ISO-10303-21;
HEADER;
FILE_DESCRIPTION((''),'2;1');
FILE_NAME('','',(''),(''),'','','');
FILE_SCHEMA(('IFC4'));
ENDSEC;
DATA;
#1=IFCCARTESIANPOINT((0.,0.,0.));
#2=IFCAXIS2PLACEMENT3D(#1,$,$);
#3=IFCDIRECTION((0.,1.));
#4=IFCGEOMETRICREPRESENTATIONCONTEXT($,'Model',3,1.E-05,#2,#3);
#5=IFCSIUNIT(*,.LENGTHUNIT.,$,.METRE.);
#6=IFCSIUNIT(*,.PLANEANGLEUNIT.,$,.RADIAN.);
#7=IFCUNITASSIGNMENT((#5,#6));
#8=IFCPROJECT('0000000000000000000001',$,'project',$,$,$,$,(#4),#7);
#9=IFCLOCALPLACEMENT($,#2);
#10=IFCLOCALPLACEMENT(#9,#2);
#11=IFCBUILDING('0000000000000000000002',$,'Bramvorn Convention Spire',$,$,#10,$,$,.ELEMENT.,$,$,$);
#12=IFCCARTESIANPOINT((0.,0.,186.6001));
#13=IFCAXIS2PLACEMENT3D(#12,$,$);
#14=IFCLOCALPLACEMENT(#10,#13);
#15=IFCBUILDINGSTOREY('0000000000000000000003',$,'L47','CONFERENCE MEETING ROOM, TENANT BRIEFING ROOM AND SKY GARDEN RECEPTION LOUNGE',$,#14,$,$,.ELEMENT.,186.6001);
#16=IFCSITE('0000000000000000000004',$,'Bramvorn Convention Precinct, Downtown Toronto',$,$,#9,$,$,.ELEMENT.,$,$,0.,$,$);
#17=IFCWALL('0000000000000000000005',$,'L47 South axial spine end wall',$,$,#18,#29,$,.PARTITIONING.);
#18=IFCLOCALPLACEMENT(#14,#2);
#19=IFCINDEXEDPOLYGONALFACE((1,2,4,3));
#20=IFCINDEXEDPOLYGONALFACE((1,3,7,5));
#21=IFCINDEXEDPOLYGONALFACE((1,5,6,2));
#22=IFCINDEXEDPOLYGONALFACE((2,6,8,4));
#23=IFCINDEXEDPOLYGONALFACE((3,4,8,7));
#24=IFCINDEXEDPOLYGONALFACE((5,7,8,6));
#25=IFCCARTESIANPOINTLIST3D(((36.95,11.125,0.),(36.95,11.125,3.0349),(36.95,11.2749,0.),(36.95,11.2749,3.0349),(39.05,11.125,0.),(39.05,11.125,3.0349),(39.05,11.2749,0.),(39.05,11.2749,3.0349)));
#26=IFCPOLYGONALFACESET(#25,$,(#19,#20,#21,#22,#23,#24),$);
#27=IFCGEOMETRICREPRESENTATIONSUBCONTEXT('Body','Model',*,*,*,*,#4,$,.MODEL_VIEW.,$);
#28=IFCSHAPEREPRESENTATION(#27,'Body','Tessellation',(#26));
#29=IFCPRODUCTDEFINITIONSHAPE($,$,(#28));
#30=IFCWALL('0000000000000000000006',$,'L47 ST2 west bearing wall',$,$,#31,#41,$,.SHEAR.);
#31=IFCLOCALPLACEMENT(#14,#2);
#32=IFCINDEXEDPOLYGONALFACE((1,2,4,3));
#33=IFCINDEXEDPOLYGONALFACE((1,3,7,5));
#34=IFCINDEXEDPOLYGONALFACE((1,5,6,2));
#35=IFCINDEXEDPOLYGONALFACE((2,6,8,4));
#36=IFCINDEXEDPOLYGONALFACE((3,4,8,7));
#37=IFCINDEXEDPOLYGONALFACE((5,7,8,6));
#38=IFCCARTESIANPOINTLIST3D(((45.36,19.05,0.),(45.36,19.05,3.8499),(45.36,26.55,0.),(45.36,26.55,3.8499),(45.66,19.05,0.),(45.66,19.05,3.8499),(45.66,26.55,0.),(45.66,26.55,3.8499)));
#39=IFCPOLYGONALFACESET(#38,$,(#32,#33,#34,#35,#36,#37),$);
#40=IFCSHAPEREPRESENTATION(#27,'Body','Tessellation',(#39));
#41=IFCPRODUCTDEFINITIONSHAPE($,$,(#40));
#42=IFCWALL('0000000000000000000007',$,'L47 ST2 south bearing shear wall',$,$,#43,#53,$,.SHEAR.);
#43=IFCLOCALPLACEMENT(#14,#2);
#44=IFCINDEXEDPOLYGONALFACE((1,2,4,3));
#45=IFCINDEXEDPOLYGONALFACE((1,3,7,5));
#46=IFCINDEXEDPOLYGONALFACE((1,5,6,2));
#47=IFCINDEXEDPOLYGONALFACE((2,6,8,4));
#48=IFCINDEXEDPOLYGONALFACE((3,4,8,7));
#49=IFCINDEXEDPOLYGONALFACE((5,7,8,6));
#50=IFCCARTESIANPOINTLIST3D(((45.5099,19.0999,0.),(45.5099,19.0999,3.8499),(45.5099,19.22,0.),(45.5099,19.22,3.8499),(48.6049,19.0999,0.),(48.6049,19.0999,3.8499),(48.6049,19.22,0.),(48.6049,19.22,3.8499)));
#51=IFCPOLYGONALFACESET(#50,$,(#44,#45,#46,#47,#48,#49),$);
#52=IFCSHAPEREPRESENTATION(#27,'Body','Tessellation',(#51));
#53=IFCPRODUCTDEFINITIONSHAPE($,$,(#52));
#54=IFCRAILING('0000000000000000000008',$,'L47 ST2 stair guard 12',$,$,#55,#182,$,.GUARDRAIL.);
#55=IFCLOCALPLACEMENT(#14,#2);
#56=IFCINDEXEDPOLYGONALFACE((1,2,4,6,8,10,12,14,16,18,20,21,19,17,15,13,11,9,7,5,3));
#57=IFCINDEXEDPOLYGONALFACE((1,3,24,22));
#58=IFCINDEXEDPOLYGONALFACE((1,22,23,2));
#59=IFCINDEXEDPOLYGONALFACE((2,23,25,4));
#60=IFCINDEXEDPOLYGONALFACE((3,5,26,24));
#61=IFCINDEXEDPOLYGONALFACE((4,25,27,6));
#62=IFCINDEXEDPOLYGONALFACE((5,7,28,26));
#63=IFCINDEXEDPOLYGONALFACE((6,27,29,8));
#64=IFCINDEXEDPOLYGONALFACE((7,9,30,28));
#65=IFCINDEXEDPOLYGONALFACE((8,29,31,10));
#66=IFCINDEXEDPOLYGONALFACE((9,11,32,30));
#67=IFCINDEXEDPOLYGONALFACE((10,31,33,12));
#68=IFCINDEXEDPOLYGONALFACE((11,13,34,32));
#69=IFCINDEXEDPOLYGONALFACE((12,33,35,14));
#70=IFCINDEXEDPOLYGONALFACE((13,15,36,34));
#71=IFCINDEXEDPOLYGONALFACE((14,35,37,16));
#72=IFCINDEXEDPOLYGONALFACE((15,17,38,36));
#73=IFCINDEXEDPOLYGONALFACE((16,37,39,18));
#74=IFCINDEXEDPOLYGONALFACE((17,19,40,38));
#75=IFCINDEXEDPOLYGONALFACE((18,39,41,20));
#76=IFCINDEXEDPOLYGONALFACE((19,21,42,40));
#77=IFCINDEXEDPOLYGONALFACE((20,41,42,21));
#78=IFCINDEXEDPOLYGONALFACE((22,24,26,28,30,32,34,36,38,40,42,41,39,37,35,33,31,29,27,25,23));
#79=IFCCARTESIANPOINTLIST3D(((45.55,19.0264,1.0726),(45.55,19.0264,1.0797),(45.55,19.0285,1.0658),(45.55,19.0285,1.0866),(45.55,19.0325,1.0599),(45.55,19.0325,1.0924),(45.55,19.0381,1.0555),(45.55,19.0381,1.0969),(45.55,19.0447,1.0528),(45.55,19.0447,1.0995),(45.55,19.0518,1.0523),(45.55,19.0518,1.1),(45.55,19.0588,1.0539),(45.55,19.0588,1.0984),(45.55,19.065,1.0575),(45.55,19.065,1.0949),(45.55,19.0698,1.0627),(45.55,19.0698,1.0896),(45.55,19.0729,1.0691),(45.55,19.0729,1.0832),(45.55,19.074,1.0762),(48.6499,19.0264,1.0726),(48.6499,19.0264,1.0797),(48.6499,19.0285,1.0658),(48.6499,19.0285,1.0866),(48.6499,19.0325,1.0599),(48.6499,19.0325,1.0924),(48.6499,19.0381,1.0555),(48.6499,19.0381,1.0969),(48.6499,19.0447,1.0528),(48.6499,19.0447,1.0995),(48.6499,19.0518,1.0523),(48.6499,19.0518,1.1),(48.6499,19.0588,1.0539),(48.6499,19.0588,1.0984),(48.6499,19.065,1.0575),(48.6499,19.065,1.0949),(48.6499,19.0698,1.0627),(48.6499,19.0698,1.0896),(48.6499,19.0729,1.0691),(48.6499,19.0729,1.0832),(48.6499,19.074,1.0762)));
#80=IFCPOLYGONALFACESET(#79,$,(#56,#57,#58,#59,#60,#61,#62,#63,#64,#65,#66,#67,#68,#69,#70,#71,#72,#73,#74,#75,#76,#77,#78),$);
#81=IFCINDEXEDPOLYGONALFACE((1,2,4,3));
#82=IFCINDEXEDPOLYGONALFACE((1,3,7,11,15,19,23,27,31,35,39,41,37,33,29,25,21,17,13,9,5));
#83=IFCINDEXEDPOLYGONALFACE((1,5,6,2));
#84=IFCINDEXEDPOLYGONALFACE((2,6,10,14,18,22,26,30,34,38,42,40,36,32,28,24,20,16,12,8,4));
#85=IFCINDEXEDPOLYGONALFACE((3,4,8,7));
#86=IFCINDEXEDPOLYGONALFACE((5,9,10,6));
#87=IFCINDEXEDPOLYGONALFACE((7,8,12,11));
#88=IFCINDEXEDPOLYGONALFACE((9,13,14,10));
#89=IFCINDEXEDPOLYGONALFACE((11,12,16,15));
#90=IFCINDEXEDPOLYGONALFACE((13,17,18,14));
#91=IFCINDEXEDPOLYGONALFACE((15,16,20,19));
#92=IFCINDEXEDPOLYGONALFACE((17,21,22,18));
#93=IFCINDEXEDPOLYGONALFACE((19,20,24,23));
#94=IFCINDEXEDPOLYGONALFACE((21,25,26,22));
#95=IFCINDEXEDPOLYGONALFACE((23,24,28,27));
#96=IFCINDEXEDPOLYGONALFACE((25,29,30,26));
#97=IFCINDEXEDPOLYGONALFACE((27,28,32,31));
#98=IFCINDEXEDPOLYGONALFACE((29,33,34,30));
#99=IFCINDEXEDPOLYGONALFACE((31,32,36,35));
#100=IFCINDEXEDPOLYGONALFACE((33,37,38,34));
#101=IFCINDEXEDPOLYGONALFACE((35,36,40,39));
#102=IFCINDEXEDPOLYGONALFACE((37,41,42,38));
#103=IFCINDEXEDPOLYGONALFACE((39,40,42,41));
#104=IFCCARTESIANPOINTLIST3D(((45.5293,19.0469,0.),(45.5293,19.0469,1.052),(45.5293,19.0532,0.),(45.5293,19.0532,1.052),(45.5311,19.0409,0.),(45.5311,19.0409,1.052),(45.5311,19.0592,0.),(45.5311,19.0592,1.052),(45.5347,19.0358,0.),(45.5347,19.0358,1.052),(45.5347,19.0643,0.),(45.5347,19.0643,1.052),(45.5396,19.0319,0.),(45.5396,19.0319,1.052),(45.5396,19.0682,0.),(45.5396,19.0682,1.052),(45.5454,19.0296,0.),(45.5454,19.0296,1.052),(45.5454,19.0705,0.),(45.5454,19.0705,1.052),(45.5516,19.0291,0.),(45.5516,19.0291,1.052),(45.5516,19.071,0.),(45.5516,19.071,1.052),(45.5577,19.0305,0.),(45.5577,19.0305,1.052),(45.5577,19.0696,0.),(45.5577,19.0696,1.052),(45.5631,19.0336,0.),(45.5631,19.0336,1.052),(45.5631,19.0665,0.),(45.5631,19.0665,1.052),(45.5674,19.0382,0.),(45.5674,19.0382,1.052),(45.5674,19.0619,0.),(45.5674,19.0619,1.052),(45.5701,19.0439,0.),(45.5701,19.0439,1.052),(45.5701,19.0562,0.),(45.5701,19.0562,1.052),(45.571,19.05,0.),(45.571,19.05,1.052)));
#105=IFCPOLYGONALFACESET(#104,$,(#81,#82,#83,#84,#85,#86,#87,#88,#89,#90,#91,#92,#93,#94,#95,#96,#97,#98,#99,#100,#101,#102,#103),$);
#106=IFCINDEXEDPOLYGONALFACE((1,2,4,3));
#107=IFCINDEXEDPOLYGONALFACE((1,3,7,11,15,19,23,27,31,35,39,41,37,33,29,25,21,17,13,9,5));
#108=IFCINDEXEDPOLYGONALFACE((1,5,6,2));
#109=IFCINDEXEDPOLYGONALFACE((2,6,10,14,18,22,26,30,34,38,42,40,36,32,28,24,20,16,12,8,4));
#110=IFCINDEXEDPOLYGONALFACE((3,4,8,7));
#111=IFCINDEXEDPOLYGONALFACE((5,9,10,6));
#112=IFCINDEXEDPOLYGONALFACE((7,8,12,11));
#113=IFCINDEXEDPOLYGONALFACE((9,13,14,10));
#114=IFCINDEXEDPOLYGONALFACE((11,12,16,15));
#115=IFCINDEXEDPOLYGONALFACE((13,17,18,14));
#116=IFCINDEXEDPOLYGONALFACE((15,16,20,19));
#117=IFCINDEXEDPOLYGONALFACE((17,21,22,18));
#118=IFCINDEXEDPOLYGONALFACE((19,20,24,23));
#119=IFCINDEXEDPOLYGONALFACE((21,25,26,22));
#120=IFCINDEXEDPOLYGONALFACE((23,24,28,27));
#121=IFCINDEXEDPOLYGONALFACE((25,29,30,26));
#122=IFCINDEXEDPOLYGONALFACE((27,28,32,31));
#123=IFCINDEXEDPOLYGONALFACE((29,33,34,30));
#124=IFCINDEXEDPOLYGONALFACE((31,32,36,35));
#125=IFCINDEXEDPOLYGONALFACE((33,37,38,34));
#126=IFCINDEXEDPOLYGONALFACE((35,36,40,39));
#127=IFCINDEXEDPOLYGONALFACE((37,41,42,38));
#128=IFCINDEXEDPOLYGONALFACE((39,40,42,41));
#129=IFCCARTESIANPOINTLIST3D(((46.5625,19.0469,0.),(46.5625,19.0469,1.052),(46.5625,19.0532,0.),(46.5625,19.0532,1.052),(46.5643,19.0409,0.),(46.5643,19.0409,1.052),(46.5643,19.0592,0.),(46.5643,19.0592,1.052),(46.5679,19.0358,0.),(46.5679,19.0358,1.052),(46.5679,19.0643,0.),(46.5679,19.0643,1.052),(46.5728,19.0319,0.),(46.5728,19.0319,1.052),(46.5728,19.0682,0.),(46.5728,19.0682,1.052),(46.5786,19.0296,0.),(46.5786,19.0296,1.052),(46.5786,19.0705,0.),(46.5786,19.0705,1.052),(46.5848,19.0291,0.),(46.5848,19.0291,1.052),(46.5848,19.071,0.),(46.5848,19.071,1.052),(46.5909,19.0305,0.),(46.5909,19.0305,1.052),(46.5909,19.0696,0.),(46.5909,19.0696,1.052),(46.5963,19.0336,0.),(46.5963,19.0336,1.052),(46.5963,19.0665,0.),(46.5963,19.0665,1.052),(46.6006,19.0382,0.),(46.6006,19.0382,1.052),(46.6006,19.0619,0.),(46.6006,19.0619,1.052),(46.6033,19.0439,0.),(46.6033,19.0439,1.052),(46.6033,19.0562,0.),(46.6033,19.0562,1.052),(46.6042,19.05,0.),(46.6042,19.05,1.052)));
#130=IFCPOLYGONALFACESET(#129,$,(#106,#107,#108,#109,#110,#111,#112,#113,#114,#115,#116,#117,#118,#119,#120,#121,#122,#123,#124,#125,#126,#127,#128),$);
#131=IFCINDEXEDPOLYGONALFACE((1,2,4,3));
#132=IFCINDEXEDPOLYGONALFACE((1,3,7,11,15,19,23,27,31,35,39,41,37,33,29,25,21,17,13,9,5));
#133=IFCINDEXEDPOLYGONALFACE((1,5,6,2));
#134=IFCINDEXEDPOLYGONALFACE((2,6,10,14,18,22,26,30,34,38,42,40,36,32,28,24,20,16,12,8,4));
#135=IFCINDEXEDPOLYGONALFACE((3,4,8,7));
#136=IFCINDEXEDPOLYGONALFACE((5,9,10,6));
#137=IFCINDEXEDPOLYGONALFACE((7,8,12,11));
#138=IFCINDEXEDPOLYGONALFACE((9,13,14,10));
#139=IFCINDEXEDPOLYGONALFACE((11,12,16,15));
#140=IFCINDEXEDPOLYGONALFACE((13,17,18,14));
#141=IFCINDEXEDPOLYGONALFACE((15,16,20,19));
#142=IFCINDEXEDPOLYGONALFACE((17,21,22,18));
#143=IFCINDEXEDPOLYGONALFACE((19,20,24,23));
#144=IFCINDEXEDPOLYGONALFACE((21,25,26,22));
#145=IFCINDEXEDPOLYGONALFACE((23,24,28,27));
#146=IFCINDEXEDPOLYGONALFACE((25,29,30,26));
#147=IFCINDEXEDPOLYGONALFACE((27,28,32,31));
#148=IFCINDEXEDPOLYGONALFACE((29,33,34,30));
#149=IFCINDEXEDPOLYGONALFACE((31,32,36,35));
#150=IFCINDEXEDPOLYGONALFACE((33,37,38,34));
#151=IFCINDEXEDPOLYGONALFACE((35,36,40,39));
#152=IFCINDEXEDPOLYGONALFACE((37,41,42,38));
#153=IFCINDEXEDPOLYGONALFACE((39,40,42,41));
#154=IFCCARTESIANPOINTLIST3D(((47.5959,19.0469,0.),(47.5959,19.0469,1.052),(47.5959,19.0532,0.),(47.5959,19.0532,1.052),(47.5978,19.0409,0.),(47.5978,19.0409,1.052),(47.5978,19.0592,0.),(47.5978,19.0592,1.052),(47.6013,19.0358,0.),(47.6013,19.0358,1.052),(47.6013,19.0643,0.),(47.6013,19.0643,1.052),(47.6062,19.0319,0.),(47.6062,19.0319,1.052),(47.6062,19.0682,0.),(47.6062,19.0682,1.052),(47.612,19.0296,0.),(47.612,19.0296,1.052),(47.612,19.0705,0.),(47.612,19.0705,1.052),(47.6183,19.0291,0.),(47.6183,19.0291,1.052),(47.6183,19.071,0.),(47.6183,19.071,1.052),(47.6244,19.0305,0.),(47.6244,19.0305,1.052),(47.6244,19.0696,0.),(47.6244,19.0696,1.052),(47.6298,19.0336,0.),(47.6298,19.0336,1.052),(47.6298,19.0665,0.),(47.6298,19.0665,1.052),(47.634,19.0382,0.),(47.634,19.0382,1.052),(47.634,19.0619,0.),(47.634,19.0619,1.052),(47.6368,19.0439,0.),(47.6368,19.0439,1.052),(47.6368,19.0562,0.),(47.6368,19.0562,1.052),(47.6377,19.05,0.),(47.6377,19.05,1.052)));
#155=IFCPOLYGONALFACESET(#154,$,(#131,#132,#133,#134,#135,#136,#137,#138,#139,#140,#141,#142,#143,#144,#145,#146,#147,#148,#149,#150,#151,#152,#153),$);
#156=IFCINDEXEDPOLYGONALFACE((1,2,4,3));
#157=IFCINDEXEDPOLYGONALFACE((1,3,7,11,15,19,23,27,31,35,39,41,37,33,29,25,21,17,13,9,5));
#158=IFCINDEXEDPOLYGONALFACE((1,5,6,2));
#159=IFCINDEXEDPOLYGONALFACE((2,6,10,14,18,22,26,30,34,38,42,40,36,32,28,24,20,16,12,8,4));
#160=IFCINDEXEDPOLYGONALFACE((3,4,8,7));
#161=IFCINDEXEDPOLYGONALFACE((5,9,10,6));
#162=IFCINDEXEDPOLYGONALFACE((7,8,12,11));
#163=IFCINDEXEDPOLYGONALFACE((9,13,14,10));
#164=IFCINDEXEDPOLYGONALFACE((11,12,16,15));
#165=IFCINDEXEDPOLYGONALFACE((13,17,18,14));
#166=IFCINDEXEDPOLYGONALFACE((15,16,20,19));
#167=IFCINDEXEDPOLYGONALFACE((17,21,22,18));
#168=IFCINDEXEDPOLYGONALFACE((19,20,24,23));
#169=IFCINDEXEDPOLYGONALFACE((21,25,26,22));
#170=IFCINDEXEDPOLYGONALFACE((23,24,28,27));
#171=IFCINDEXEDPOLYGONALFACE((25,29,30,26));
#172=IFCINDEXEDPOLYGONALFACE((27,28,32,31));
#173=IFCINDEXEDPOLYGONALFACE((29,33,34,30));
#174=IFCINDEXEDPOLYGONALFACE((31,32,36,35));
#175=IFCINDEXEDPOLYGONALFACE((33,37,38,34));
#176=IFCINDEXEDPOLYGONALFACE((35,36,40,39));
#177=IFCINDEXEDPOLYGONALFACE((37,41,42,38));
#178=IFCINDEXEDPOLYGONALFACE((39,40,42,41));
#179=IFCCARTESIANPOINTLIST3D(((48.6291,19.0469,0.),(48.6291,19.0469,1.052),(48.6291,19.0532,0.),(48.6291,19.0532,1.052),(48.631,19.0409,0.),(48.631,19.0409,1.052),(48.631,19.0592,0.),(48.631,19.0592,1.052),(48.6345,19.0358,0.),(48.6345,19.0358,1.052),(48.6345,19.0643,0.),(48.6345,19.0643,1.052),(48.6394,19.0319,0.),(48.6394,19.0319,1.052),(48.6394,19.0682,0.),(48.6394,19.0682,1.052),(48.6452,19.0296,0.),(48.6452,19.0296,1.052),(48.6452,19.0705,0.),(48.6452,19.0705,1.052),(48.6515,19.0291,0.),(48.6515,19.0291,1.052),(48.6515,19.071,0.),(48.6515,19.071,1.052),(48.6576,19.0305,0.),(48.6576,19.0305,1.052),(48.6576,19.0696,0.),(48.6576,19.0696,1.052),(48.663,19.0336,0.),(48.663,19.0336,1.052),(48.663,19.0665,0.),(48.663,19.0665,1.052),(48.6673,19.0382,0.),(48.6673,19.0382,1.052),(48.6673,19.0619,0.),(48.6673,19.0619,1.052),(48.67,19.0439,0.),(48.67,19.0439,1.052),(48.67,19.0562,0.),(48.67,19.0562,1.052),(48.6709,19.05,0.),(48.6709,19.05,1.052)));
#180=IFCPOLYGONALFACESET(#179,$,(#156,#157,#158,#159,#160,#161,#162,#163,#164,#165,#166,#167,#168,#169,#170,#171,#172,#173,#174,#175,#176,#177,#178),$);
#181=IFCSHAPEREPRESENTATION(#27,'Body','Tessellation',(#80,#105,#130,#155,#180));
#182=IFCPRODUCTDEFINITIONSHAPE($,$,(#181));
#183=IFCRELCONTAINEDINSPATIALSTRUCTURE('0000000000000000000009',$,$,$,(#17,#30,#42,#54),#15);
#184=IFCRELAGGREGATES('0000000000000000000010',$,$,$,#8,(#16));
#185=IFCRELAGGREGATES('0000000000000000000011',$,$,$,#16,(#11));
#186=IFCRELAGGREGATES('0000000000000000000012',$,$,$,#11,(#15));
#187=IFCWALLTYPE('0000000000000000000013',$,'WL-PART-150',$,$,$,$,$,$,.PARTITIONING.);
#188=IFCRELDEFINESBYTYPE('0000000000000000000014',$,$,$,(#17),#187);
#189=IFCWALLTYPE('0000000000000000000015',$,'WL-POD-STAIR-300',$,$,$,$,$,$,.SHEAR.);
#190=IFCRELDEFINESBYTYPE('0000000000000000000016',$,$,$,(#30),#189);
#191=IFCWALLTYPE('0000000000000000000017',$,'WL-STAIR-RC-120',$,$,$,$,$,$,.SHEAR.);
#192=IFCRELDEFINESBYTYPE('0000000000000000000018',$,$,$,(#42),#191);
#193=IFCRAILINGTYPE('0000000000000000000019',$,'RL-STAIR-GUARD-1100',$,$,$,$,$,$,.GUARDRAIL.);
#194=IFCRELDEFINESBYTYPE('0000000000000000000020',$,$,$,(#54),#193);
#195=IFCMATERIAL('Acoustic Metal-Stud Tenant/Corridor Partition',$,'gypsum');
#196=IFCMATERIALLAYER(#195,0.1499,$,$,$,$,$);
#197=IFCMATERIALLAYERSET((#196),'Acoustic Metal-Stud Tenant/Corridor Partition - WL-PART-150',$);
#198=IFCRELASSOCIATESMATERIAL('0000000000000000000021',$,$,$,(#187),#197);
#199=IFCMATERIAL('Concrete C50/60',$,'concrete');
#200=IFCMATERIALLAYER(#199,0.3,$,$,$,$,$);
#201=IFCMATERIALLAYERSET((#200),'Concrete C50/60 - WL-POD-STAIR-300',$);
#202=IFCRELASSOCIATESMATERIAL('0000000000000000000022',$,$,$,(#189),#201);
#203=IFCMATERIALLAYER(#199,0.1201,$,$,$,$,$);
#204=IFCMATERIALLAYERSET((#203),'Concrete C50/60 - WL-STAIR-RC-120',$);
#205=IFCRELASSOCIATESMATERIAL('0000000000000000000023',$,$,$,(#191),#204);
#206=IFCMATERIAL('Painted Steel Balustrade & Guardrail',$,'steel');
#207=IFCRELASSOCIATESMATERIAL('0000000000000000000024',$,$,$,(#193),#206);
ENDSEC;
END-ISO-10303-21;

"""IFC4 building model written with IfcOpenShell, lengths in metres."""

from ifc_helpers import new_model, si_unit, direction, frame, frame_2d, origin, origin_2d, place, context, subcontext, project, spatial, rectangle, circle, extrude, material, layer, layer_set, type_object, element, save


model = new_model("IFC4")

# Units and contexts
model_context = context("Model", 3, precision=1e-05, world=origin(), true_north=direction((0.0, 1.0)))
body_context = subcontext(model_context, "Body", "Model", "MODEL_VIEW")
ifc_project = project(units=[si_unit("LENGTHUNIT", "METRE"), si_unit("PLANEANGLEUNIT", "RADIAN")], contexts=[model_context])

# Site, building, storey
site_placement = place(None, origin())
site = spatial("IfcSite", under=ifc_project, at=site_placement, Name="Bramvorn Convention Precinct, Downtown Toronto", CompositionType="ELEMENT", RefElevation=0.0)
building_placement = place(site_placement, origin())
building = spatial("IfcBuilding", under=site, at=building_placement, Name="Bramvorn Convention Spire", CompositionType="ELEMENT")
storey_placement = place(building_placement, frame((0.0, 0.0, 186.6001)))
storey = spatial("IfcBuildingStorey", under=building, at=storey_placement, Name="L47", Description="CONFERENCE MEETING ROOM, TENANT BRIEFING ROOM AND SKY GARDEN RECEPTION LOUNGE", CompositionType="ELEMENT", Elevation=186.6001)

# Shared definitions
ifc_material_1 = material(Name="Concrete C50/60", Category="concrete")

# Shared definitions
ifc_material_2 = material(Name="Acoustic Metal-Stud Tenant/Corridor Partition", Category="gypsum")
ifc_layer_1 = layer(ifc_material_2, 0.1499)
ifc_layer_set_1 = layer_set([ifc_layer_1], Name="Acoustic Metal-Stud Tenant/Corridor Partition - WL-PART-150")
wall_type_1 = type_object("IfcWallType", Name="WL-PART-150", PredefinedType="PARTITIONING", material=ifc_layer_set_1)

# Walls
wall_1_placement = place(storey_placement, frame((36.95, 11.2, 0.0), z_axis=(0.0, 0.0, 1.0), x_axis=(1.0, 0.0, 0.0)))
element("IfcWall", 1, at=wall_1_placement, inside=storey, type_object=wall_type_1, Name="L47 South axial spine end wall", PredefinedType="PARTITIONING", context=body_context, shape_type="SweptSolid", body=[
    extrude(rectangle(XDim=2.1001, YDim=0.1499, at=frame_2d((1.05, 0.0))), origin(), (0.0, 0.0, 1.0), 3.0349),
])
ifc_layer_2 = layer(ifc_material_1, 0.3)
ifc_layer_set_2 = layer_set([ifc_layer_2], Name="Concrete C50/60 - WL-POD-STAIR-300")
wall_type_2 = type_object("IfcWallType", Name="WL-POD-STAIR-300", PredefinedType="SHEAR", material=ifc_layer_set_2)
wall_2_placement = place(storey_placement, frame((45.51, 19.05, 0.0), z_axis=(0.0, 0.0, 1.0), x_axis=(0.0, 1.0, 0.0)))
element("IfcWall", 2, at=wall_2_placement, inside=storey, type_object=wall_type_2, Name="L47 ST2 west bearing wall", PredefinedType="SHEAR", context=body_context, shape_type="SweptSolid", body=[
    extrude(rectangle(XDim=7.5, YDim=0.3, at=frame_2d((3.75, 0.0))), origin(), (0.0, 0.0, 1.0), 3.8499),
])
ifc_layer_3 = layer(ifc_material_1, 0.1201)
ifc_layer_set_3 = layer_set([ifc_layer_3], Name="Concrete C50/60 - WL-STAIR-RC-120")
wall_type_3 = type_object("IfcWallType", Name="WL-STAIR-RC-120", PredefinedType="SHEAR", material=ifc_layer_set_3)
wall_3_placement = place(storey_placement, frame((45.51, 19.1599, 0.0), z_axis=(0.0, 0.0, 1.0), x_axis=(1.0, 0.0, 0.0)))
element("IfcWall", 3, at=wall_3_placement, inside=storey, type_object=wall_type_3, Name="L47 ST2 south bearing shear wall", PredefinedType="SHEAR", context=body_context, shape_type="SweptSolid", body=[
    extrude(rectangle(XDim=3.095, YDim=0.1201, at=frame_2d((1.5474, 0.0))), origin(), (0.0, 0.0, 1.0), 3.8499),
])

# Railing
ifc_material_3 = material(Name="Painted Steel Balustrade & Guardrail", Category="steel")
railing_type = type_object("IfcRailingType", Name="RL-STAIR-GUARD-1100", PredefinedType="GUARDRAIL", material=ifc_material_3)
railing_placement = place(storey_placement, frame((45.55, 19.05, 0.0)))
element("IfcRailing", 4, at=railing_placement, inside=storey, type_object=railing_type, Name="L47 ST2 stair guard 12", PredefinedType="GUARDRAIL", context=body_context, shape_type="SweptSolid", body=[
    extrude(circle(Radius=0.0239, at=origin_2d()), frame((0.0, 0.0, 1.0762), z_axis=(1.0, 0.0, 0.0), x_axis=(0.0, 1.0, 0.0)), (0.0, 0.0, 1.0), 3.0999),
    extrude(circle(Radius=0.021, at=origin_2d()), origin(), (0.0, 0.0, 1.0), 1.052),
    extrude(circle(Radius=0.021, at=origin_2d()), frame((1.0332, 0.0, 0.0)), (0.0, 0.0, 1.0), 1.052),
    extrude(circle(Radius=0.021, at=origin_2d()), frame((2.0667, 0.0, 0.0)), (0.0, 0.0, 1.0), 1.052),
    extrude(circle(Radius=0.021, at=origin_2d()), frame((3.0999, 0.0, 0.0)), (0.0, 0.0, 1.0), 1.052),
])

save(model, "model.ifc")
